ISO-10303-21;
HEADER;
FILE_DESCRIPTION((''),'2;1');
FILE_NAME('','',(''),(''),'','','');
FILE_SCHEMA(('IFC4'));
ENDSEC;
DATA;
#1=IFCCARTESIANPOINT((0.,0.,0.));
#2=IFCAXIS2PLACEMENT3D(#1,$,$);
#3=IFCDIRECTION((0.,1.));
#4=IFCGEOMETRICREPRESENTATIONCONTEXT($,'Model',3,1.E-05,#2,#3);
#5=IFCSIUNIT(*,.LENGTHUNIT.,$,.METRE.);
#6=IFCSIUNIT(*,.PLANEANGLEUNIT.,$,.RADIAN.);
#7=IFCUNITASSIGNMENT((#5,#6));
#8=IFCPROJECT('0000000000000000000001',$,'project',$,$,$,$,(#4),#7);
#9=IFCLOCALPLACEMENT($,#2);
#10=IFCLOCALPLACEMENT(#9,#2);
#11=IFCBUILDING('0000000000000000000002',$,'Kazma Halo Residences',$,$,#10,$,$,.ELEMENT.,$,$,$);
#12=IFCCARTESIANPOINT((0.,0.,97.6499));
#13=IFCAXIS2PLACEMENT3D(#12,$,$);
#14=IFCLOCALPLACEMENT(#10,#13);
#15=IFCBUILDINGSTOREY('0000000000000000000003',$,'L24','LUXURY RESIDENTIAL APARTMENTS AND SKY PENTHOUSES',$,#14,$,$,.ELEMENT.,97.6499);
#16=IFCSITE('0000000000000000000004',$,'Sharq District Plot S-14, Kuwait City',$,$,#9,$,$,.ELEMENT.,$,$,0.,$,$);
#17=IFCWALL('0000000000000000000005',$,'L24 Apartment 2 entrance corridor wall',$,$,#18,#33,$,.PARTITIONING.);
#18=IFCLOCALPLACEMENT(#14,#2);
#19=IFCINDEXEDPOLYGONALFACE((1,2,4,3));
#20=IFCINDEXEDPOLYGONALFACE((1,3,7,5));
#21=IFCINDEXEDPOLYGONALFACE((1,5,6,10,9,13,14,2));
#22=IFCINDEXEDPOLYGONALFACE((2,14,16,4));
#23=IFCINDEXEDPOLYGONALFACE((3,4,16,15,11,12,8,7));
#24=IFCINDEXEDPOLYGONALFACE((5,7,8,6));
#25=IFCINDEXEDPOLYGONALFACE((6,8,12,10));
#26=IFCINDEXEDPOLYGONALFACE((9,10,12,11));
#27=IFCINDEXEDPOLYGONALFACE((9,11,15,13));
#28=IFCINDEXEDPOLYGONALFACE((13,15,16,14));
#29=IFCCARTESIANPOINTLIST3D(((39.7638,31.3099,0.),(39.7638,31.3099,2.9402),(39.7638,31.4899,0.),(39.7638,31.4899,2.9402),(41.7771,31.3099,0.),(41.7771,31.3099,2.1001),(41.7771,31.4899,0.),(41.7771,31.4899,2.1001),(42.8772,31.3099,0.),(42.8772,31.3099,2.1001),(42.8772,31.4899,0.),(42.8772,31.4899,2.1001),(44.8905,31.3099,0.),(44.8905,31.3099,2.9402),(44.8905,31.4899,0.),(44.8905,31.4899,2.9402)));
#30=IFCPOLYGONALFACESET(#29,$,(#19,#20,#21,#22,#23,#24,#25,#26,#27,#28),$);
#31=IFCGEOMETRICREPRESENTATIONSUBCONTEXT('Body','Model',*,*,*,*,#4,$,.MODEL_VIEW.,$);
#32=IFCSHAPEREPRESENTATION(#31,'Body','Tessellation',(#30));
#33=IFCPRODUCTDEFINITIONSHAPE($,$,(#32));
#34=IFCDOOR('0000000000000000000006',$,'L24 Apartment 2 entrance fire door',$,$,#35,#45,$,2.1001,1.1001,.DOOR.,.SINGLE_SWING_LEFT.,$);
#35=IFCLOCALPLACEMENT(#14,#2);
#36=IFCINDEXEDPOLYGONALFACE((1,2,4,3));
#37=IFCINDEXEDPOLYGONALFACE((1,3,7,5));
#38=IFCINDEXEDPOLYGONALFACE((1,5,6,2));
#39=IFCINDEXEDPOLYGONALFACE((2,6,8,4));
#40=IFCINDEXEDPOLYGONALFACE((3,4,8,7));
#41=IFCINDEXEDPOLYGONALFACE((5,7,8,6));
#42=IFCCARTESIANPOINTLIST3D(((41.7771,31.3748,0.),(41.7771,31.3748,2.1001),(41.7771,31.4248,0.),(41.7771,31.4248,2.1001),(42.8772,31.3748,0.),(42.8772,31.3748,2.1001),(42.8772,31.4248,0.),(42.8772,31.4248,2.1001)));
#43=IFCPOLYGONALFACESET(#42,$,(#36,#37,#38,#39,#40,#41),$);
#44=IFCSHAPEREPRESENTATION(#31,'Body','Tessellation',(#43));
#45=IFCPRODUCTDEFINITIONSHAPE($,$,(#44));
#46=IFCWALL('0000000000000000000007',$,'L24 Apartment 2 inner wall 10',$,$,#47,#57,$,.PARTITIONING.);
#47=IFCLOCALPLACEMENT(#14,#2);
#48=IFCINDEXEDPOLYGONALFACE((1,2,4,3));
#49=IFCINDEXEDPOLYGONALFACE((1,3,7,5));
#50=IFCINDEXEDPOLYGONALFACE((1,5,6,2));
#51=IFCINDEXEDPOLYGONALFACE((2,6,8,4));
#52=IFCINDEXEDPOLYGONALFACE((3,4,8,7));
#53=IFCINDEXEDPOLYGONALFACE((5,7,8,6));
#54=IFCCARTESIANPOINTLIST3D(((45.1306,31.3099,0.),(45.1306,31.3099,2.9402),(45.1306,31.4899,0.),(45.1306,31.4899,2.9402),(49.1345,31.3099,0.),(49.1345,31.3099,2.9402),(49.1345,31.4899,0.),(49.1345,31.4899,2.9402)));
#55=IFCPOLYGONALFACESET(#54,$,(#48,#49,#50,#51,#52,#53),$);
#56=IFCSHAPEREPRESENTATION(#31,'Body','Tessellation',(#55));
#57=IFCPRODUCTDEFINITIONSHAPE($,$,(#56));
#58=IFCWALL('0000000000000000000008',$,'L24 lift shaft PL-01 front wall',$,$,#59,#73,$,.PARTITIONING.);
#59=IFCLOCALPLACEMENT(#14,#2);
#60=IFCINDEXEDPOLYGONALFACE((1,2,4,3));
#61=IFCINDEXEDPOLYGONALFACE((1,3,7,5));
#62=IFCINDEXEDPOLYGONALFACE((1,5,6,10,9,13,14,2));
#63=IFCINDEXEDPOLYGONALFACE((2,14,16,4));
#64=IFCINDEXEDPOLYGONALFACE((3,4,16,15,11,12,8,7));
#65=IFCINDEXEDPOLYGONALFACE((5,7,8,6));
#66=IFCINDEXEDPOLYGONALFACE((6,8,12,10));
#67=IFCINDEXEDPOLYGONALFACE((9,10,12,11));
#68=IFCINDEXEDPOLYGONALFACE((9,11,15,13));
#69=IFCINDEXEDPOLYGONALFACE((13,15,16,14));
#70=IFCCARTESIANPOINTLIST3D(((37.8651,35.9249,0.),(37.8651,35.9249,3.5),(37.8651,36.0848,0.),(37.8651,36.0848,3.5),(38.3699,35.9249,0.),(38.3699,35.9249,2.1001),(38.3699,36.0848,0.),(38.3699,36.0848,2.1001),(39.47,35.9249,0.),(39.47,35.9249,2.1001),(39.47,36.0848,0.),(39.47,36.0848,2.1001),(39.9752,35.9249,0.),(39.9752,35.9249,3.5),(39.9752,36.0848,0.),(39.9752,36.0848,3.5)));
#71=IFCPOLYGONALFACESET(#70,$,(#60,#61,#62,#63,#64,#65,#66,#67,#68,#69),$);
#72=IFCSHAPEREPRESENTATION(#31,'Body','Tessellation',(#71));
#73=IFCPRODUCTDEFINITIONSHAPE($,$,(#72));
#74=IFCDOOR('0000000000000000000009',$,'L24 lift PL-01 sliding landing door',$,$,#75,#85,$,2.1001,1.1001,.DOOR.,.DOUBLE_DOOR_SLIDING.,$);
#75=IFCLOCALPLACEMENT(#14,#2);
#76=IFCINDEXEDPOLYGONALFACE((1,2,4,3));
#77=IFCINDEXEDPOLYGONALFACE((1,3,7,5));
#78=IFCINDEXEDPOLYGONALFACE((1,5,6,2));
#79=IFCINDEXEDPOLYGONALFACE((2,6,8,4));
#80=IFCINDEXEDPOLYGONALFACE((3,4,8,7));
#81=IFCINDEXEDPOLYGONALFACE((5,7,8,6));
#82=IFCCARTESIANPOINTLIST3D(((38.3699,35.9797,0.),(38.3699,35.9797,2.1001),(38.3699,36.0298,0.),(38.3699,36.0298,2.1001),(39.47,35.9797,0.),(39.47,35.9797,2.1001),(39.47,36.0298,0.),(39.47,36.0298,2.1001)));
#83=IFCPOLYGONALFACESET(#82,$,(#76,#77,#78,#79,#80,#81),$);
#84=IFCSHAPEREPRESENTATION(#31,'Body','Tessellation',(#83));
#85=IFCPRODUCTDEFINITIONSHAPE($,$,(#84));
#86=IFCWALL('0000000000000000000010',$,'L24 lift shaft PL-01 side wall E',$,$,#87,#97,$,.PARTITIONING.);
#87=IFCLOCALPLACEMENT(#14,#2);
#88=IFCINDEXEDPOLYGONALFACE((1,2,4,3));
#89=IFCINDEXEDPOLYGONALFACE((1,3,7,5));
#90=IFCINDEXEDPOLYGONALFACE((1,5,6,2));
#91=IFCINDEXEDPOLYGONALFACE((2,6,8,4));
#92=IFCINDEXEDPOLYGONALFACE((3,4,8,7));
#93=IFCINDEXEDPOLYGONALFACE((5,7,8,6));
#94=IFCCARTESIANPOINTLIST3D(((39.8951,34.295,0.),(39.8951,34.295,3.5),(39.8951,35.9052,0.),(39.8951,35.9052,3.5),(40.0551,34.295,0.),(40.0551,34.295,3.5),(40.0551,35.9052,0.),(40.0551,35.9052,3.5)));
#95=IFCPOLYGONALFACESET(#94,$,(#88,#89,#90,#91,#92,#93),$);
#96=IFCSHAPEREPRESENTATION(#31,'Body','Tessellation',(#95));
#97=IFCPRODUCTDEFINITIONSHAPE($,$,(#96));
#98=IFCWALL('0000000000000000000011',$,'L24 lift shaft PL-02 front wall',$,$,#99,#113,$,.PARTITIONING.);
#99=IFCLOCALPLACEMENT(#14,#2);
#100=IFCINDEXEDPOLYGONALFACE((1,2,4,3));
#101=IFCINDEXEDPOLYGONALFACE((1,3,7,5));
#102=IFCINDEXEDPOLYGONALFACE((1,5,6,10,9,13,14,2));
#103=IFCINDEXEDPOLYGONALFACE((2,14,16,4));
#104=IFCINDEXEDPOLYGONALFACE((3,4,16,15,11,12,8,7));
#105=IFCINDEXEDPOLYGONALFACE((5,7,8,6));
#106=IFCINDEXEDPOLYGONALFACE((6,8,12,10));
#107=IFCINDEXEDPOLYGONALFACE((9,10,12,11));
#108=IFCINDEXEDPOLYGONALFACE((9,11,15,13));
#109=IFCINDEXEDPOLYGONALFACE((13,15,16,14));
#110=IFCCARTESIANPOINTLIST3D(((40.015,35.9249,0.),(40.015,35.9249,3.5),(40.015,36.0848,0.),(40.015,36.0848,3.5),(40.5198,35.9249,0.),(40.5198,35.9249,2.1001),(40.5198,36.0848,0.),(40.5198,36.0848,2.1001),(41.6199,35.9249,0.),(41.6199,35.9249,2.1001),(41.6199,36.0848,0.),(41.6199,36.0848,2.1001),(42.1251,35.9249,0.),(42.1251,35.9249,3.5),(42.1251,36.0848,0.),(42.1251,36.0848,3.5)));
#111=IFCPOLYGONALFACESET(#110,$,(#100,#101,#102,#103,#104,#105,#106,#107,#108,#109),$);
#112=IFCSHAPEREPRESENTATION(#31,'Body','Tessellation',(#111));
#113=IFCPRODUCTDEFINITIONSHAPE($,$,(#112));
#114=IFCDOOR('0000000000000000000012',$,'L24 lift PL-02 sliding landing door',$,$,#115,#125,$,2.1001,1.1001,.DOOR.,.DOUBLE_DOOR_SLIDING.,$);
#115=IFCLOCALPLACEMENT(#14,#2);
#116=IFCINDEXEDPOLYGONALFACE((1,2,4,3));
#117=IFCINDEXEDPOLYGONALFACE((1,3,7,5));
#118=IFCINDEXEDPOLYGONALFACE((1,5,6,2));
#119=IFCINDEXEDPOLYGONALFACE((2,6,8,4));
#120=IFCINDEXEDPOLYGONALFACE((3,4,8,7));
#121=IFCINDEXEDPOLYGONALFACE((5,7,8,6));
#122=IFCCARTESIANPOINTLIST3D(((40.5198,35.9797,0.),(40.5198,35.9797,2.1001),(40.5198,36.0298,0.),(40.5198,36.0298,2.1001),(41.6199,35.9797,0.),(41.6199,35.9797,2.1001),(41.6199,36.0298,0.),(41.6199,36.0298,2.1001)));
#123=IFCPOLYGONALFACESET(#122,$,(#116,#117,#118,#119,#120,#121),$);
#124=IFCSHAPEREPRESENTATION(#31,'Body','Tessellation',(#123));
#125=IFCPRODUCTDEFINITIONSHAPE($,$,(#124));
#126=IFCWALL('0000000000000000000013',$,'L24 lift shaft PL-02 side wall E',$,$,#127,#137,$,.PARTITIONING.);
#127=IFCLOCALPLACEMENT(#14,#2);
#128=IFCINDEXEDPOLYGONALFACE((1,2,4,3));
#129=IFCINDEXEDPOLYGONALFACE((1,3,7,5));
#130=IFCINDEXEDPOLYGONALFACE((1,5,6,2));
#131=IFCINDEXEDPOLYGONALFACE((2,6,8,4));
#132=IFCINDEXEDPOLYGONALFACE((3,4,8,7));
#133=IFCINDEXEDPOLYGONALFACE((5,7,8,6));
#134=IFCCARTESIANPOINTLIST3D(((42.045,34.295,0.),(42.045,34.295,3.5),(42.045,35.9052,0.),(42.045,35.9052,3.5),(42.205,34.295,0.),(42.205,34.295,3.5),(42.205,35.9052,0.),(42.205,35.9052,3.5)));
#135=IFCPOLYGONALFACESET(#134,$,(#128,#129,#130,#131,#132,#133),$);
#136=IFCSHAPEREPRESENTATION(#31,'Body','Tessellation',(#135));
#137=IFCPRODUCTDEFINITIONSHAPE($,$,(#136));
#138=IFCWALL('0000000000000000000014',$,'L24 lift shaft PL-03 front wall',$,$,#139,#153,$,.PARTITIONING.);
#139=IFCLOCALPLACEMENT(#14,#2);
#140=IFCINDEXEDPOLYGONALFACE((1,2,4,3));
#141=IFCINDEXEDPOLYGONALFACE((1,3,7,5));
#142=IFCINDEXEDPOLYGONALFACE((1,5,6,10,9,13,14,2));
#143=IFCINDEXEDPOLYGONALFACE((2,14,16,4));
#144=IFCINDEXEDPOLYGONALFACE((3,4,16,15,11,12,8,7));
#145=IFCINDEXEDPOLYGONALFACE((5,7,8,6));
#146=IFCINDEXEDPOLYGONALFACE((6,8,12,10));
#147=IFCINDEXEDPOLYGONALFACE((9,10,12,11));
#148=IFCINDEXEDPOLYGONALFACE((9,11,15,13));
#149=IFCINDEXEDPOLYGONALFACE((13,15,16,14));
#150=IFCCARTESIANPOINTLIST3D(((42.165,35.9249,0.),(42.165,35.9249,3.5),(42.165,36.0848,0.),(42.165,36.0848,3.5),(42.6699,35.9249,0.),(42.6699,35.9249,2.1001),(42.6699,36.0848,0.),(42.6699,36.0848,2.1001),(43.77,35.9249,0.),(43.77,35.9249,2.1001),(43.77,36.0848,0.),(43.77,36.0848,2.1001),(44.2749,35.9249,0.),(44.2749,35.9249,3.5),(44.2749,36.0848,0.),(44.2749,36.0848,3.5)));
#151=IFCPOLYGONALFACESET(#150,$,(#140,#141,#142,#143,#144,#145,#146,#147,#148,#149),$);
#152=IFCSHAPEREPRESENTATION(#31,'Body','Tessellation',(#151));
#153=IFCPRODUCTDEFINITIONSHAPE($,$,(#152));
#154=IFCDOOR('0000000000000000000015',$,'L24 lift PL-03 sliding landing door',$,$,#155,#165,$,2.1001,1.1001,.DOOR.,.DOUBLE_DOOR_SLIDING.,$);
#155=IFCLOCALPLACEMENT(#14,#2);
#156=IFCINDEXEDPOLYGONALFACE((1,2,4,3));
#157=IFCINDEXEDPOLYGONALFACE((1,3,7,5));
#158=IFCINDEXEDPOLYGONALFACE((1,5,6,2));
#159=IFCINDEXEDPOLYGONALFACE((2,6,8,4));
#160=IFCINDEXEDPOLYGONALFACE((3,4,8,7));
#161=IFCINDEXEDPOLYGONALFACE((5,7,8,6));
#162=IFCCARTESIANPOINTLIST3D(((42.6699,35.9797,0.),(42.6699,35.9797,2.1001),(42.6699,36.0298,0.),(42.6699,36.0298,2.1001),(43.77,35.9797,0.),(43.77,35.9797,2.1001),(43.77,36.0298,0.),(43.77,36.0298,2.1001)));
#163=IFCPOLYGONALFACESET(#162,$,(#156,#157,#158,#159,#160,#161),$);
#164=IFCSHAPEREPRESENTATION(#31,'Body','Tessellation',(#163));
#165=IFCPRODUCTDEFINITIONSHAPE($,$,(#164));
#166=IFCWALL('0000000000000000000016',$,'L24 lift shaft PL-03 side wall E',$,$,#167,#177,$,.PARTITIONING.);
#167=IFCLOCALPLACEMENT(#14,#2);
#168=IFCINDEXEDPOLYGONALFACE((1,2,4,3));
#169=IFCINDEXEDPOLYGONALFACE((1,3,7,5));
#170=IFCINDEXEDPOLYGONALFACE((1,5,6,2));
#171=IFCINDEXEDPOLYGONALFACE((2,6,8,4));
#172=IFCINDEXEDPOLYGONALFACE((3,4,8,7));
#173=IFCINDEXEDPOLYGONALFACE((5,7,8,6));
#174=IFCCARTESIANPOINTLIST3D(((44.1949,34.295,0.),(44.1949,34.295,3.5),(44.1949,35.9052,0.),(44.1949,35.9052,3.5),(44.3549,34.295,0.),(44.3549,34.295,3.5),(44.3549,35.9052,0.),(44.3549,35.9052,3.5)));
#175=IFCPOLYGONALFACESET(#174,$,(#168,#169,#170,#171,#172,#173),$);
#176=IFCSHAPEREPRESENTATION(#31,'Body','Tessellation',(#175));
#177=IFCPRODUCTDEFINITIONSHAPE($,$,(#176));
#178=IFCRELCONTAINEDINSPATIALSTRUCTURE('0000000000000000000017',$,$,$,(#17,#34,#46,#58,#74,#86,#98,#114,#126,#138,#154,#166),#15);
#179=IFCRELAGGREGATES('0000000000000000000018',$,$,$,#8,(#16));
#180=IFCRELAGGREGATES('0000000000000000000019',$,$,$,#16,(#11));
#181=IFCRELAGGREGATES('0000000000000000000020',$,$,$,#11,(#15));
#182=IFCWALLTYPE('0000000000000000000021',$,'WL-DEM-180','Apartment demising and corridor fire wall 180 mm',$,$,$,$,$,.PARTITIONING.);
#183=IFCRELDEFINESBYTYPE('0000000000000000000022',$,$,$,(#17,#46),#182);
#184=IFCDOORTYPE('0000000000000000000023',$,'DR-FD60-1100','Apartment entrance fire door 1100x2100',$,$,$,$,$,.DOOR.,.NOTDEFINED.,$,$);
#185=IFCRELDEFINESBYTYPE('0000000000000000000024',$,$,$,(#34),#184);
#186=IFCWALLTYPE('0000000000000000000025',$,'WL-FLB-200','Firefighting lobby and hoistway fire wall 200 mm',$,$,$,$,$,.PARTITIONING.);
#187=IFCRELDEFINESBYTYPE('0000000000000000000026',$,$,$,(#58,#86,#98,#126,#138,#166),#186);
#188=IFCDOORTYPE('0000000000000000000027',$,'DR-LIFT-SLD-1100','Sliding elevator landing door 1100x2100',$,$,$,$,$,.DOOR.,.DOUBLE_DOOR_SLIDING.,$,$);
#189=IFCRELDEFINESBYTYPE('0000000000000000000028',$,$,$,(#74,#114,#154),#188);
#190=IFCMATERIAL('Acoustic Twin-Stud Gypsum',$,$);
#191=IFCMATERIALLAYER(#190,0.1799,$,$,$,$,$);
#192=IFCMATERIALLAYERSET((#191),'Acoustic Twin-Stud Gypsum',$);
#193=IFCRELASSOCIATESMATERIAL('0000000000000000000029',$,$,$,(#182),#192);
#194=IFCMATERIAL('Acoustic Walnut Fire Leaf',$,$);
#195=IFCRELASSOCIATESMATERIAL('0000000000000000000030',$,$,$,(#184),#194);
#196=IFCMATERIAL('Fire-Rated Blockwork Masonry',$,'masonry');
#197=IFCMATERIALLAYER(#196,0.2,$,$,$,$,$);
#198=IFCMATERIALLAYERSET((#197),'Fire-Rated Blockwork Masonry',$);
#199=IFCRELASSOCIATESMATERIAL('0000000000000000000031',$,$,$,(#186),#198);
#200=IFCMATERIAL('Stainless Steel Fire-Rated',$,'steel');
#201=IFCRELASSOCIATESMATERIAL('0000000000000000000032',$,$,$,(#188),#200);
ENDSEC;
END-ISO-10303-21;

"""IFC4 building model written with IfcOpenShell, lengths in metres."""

from ifc_helpers import new_model, si_unit, direction, frame, frame_2d, origin, place, context, subcontext, project, spatial, rectangle, extrude, material, layer, layer_set, type_object, element, fill, save


model = new_model("IFC4")

# Units and contexts
model_context = context("Model", 3, precision=1e-05, world=origin(), true_north=direction((0.0, 1.0)))
body_context = subcontext(model_context, "Body", "Model", "MODEL_VIEW")
ifc_project = project(units=[si_unit("LENGTHUNIT", "METRE"), si_unit("PLANEANGLEUNIT", "RADIAN")], contexts=[model_context])

# Site, building, storey
site_placement = place(None, origin())
site = spatial("IfcSite", under=ifc_project, at=site_placement, Name="Sharq District Plot S-14, Kuwait City", CompositionType="ELEMENT", RefElevation=0.0)
building_placement = place(site_placement, origin())
building = spatial("IfcBuilding", under=site, at=building_placement, Name="Kazma Halo Residences", CompositionType="ELEMENT")
storey_placement = place(building_placement, frame((0.0, 0.0, 97.6499)))
storey = spatial("IfcBuildingStorey", under=building, at=storey_placement, Name="L24", Description="LUXURY RESIDENTIAL APARTMENTS AND SKY PENTHOUSES", CompositionType="ELEMENT", Elevation=97.6499)

# Shared definitions
ifc_material_1 = material(Name="Acoustic Twin-Stud Gypsum")
ifc_layer_1 = layer(ifc_material_1, 0.1799)
ifc_layer_set_1 = layer_set([ifc_layer_1], Name="Acoustic Twin-Stud Gypsum")
wall_type_1 = type_object("IfcWallType", Name="WL-DEM-180", Description="Apartment demising and corridor fire wall 180 mm", PredefinedType="PARTITIONING", material=ifc_layer_set_1)

# Wall, opening, door
wall_1_placement = place(storey_placement, frame((39.7637, 31.3999, 0.0), z_axis=(0.0, 0.0, 1.0), x_axis=(1.0, 0.0, 0.0)))
wall_1 = element("IfcWall", 1, at=wall_1_placement, inside=storey, type_object=wall_type_1, Name="L24 Apartment 2 entrance corridor wall", PredefinedType="PARTITIONING", context=body_context, shape_type="SweptSolid", body=[
    extrude(rectangle(XDim=5.1267, YDim=0.1799, at=frame_2d((2.5635, 0.0))), origin(), (0.0, 0.0, 1.0), 2.9402),
])
opening_1_placement = place(wall_1_placement, frame((2.0134, 0.0, 0.0)))
opening_1 = element("IfcOpeningElement", 2, at=opening_1_placement, cuts=wall_1, PredefinedType="OPENING", context=body_context, shape_type="SweptSolid", body=[
    extrude(rectangle(XDim=1.1001, YDim=2.1001, at=frame_2d((0.55, 1.05))), frame((0.0, 0.0999, 0.0), z_axis=(0.0, -1.0, 0.0), x_axis=(1.0, 0.0, 0.0)), (0.0, 0.0, 1.0), 0.2),
])
ifc_material_2 = material(Name="Acoustic Walnut Fire Leaf")
door_type_1 = type_object("IfcDoorType", Name="DR-FD60-1100", Description="Apartment entrance fire door 1100x2100", OperationType="NOTDEFINED", PredefinedType="DOOR", material=ifc_material_2)
door_1_placement = place(opening_1_placement, origin())
door_1 = element("IfcDoor", 3, at=door_1_placement, inside=storey, type_object=door_type_1, Name="L24 Apartment 2 entrance fire door", OperationType="SINGLE_SWING_LEFT", OverallHeight=2.1001, OverallWidth=1.1001, PredefinedType="DOOR", context=body_context, shape_type="SweptSolid", body=[
    extrude(rectangle(XDim=1.1001, YDim=2.1001, at=frame_2d((0.55, 1.05))), frame((0.0, 0.0249, 0.0), z_axis=(0.0, -1.0, 0.0), x_axis=(1.0, 0.0, 0.0)), (0.0, 0.0, 1.0), 0.05),
])
fill(opening_1, door_1)

# Wall
wall_2_placement = place(storey_placement, frame((45.1306, 31.3999, 0.0), z_axis=(0.0, 0.0, 1.0), x_axis=(1.0, 0.0, 0.0)))
element("IfcWall", 4, at=wall_2_placement, inside=storey, type_object=wall_type_1, Name="L24 Apartment 2 inner wall 10", PredefinedType="PARTITIONING", context=body_context, shape_type="SweptSolid", body=[
    extrude(rectangle(XDim=4.0039, YDim=0.1799, at=frame_2d((2.002, 0.0))), origin(), (0.0, 0.0, 1.0), 2.9402),
])

# Wall, opening, door
ifc_material_3 = material(Name="Fire-Rated Blockwork Masonry", Category="masonry")
ifc_layer_2 = layer(ifc_material_3, 0.2)
ifc_layer_set_2 = layer_set([ifc_layer_2], Name="Fire-Rated Blockwork Masonry")
wall_type_2 = type_object("IfcWallType", Name="WL-FLB-200", Description="Firefighting lobby and hoistway fire wall 200 mm", PredefinedType="PARTITIONING", material=ifc_layer_set_2)
wall_3_placement = place(storey_placement, frame((37.865, 36.0049, 0.0), z_axis=(0.0, 0.0, 1.0), x_axis=(1.0, 0.0, 0.0)))
wall_3 = element("IfcWall", 5, at=wall_3_placement, inside=storey, type_object=wall_type_2, Name="L24 lift shaft PL-01 front wall", PredefinedType="PARTITIONING", context=body_context, shape_type="SweptSolid", body=[
    extrude(rectangle(XDim=2.1101, YDim=0.1599, at=frame_2d((1.0552, 0.0))), origin(), (0.0, 0.0, 1.0), 3.5),
])
opening_2_placement = place(wall_3_placement, frame((0.5049, 0.0, 0.0)))
opening_2 = element("IfcOpeningElement", 6, at=opening_2_placement, cuts=wall_3, PredefinedType="OPENING", context=body_context, shape_type="SweptSolid", body=[
    extrude(rectangle(XDim=1.1001, YDim=2.1001, at=frame_2d((0.55, 1.05))), frame((0.0, 0.0898, 0.0), z_axis=(0.0, -1.0, 0.0), x_axis=(1.0, 0.0, 0.0)), (0.0, 0.0, 1.0), 0.1799),
])
ifc_material_4 = material(Name="Stainless Steel Fire-Rated", Category="steel")
door_type_2 = type_object("IfcDoorType", Name="DR-LIFT-SLD-1100", Description="Sliding elevator landing door 1100x2100", OperationType="DOUBLE_DOOR_SLIDING", PredefinedType="DOOR", material=ifc_material_4)
door_2_placement = place(opening_2_placement, origin())
door_2 = element("IfcDoor", 7, at=door_2_placement, inside=storey, type_object=door_type_2, Name="L24 lift PL-01 sliding landing door", OperationType="DOUBLE_DOOR_SLIDING", OverallHeight=2.1001, OverallWidth=1.1001, PredefinedType="DOOR", context=body_context, shape_type="SweptSolid", body=[
    extrude(rectangle(XDim=1.1001, YDim=2.1001, at=frame_2d((0.55, 1.05))), frame((0.0, 0.0249, 0.0), z_axis=(0.0, -1.0, 0.0), x_axis=(1.0, 0.0, 0.0)), (0.0, 0.0, 1.0), 0.05),
])
fill(opening_2, door_2)

# Wall
wall_4_placement = place(storey_placement, frame((39.9751, 34.2949, 0.0), z_axis=(0.0, 0.0, 1.0), x_axis=(0.0, 1.0, 0.0)))
element("IfcWall", 8, at=wall_4_placement, inside=storey, type_object=wall_type_2, Name="L24 lift shaft PL-01 side wall E", PredefinedType="PARTITIONING", context=body_context, shape_type="SweptSolid", body=[
    extrude(rectangle(XDim=1.6101, YDim=0.1599, at=frame_2d((0.8052, 0.0))), origin(), (0.0, 0.0, 1.0), 3.5),
])

# Wall, opening, door
wall_5_placement = place(storey_placement, frame((40.0149, 36.0049, 0.0), z_axis=(0.0, 0.0, 1.0), x_axis=(1.0, 0.0, 0.0)))
wall_5 = element("IfcWall", 9, at=wall_5_placement, inside=storey, type_object=wall_type_2, Name="L24 lift shaft PL-02 front wall", PredefinedType="PARTITIONING", context=body_context, shape_type="SweptSolid", body=[
    extrude(rectangle(XDim=2.1101, YDim=0.1599, at=frame_2d((1.0552, 0.0))), origin(), (0.0, 0.0, 1.0), 3.5),
])
opening_3_placement = place(wall_5_placement, frame((0.5049, 0.0, 0.0)))
opening_3 = element("IfcOpeningElement", 10, at=opening_3_placement, cuts=wall_5, PredefinedType="OPENING", context=body_context, shape_type="SweptSolid", body=[
    extrude(rectangle(XDim=1.1001, YDim=2.1001, at=frame_2d((0.55, 1.05))), frame((0.0, 0.0898, 0.0), z_axis=(0.0, -1.0, 0.0), x_axis=(1.0, 0.0, 0.0)), (0.0, 0.0, 1.0), 0.1799),
])
door_3_placement = place(opening_3_placement, origin())
door_3 = element("IfcDoor", 11, at=door_3_placement, inside=storey, type_object=door_type_2, Name="L24 lift PL-02 sliding landing door", OperationType="DOUBLE_DOOR_SLIDING", OverallHeight=2.1001, OverallWidth=1.1001, PredefinedType="DOOR", context=body_context, shape_type="SweptSolid", body=[
    extrude(rectangle(XDim=1.1001, YDim=2.1001, at=frame_2d((0.55, 1.05))), frame((0.0, 0.0249, 0.0), z_axis=(0.0, -1.0, 0.0), x_axis=(1.0, 0.0, 0.0)), (0.0, 0.0, 1.0), 0.05),
])
fill(opening_3, door_3)

# Wall
wall_6_placement = place(storey_placement, frame((42.125, 34.2949, 0.0), z_axis=(0.0, 0.0, 1.0), x_axis=(0.0, 1.0, 0.0)))
element("IfcWall", 12, at=wall_6_placement, inside=storey, type_object=wall_type_2, Name="L24 lift shaft PL-02 side wall E", PredefinedType="PARTITIONING", context=body_context, shape_type="SweptSolid", body=[
    extrude(rectangle(XDim=1.6101, YDim=0.1599, at=frame_2d((0.8052, 0.0))), origin(), (0.0, 0.0, 1.0), 3.5),
])

# Wall, opening, door
wall_7_placement = place(storey_placement, frame((42.165, 36.0049, 0.0), z_axis=(0.0, 0.0, 1.0), x_axis=(1.0, 0.0, 0.0)))
wall_7 = element("IfcWall", 13, at=wall_7_placement, inside=storey, type_object=wall_type_2, Name="L24 lift shaft PL-03 front wall", PredefinedType="PARTITIONING", context=body_context, shape_type="SweptSolid", body=[
    extrude(rectangle(XDim=2.1099, YDim=0.1599, at=frame_2d((1.0549, 0.0))), origin(), (0.0, 0.0, 1.0), 3.5),
])
opening_4_placement = place(wall_7_placement, frame((0.5049, 0.0, 0.0)))
opening_4 = element("IfcOpeningElement", 14, at=opening_4_placement, cuts=wall_7, PredefinedType="OPENING", context=body_context, shape_type="SweptSolid", body=[
    extrude(rectangle(XDim=1.1001, YDim=2.1001, at=frame_2d((0.55, 1.05))), frame((0.0, 0.0898, 0.0), z_axis=(0.0, -1.0, 0.0), x_axis=(1.0, 0.0, 0.0)), (0.0, 0.0, 1.0), 0.1799),
])
door_4_placement = place(opening_4_placement, origin())
door_4 = element("IfcDoor", 15, at=door_4_placement, inside=storey, type_object=door_type_2, Name="L24 lift PL-03 sliding landing door", OperationType="DOUBLE_DOOR_SLIDING", OverallHeight=2.1001, OverallWidth=1.1001, PredefinedType="DOOR", context=body_context, shape_type="SweptSolid", body=[
    extrude(rectangle(XDim=1.1001, YDim=2.1001, at=frame_2d((0.55, 1.05))), frame((0.0, 0.0249, 0.0), z_axis=(0.0, -1.0, 0.0), x_axis=(1.0, 0.0, 0.0)), (0.0, 0.0, 1.0), 0.05),
])
fill(opening_4, door_4)

# Wall
wall_8_placement = place(storey_placement, frame((44.2749, 34.2949, 0.0), z_axis=(0.0, 0.0, 1.0), x_axis=(0.0, 1.0, 0.0)))
element("IfcWall", 16, at=wall_8_placement, inside=storey, type_object=wall_type_2, Name="L24 lift shaft PL-03 side wall E", PredefinedType="PARTITIONING", context=body_context, shape_type="SweptSolid", body=[
    extrude(rectangle(XDim=1.6101, YDim=0.1599, at=frame_2d((0.8052, 0.0))), origin(), (0.0, 0.0, 1.0), 3.5),
])

save(model, "model.ifc")
